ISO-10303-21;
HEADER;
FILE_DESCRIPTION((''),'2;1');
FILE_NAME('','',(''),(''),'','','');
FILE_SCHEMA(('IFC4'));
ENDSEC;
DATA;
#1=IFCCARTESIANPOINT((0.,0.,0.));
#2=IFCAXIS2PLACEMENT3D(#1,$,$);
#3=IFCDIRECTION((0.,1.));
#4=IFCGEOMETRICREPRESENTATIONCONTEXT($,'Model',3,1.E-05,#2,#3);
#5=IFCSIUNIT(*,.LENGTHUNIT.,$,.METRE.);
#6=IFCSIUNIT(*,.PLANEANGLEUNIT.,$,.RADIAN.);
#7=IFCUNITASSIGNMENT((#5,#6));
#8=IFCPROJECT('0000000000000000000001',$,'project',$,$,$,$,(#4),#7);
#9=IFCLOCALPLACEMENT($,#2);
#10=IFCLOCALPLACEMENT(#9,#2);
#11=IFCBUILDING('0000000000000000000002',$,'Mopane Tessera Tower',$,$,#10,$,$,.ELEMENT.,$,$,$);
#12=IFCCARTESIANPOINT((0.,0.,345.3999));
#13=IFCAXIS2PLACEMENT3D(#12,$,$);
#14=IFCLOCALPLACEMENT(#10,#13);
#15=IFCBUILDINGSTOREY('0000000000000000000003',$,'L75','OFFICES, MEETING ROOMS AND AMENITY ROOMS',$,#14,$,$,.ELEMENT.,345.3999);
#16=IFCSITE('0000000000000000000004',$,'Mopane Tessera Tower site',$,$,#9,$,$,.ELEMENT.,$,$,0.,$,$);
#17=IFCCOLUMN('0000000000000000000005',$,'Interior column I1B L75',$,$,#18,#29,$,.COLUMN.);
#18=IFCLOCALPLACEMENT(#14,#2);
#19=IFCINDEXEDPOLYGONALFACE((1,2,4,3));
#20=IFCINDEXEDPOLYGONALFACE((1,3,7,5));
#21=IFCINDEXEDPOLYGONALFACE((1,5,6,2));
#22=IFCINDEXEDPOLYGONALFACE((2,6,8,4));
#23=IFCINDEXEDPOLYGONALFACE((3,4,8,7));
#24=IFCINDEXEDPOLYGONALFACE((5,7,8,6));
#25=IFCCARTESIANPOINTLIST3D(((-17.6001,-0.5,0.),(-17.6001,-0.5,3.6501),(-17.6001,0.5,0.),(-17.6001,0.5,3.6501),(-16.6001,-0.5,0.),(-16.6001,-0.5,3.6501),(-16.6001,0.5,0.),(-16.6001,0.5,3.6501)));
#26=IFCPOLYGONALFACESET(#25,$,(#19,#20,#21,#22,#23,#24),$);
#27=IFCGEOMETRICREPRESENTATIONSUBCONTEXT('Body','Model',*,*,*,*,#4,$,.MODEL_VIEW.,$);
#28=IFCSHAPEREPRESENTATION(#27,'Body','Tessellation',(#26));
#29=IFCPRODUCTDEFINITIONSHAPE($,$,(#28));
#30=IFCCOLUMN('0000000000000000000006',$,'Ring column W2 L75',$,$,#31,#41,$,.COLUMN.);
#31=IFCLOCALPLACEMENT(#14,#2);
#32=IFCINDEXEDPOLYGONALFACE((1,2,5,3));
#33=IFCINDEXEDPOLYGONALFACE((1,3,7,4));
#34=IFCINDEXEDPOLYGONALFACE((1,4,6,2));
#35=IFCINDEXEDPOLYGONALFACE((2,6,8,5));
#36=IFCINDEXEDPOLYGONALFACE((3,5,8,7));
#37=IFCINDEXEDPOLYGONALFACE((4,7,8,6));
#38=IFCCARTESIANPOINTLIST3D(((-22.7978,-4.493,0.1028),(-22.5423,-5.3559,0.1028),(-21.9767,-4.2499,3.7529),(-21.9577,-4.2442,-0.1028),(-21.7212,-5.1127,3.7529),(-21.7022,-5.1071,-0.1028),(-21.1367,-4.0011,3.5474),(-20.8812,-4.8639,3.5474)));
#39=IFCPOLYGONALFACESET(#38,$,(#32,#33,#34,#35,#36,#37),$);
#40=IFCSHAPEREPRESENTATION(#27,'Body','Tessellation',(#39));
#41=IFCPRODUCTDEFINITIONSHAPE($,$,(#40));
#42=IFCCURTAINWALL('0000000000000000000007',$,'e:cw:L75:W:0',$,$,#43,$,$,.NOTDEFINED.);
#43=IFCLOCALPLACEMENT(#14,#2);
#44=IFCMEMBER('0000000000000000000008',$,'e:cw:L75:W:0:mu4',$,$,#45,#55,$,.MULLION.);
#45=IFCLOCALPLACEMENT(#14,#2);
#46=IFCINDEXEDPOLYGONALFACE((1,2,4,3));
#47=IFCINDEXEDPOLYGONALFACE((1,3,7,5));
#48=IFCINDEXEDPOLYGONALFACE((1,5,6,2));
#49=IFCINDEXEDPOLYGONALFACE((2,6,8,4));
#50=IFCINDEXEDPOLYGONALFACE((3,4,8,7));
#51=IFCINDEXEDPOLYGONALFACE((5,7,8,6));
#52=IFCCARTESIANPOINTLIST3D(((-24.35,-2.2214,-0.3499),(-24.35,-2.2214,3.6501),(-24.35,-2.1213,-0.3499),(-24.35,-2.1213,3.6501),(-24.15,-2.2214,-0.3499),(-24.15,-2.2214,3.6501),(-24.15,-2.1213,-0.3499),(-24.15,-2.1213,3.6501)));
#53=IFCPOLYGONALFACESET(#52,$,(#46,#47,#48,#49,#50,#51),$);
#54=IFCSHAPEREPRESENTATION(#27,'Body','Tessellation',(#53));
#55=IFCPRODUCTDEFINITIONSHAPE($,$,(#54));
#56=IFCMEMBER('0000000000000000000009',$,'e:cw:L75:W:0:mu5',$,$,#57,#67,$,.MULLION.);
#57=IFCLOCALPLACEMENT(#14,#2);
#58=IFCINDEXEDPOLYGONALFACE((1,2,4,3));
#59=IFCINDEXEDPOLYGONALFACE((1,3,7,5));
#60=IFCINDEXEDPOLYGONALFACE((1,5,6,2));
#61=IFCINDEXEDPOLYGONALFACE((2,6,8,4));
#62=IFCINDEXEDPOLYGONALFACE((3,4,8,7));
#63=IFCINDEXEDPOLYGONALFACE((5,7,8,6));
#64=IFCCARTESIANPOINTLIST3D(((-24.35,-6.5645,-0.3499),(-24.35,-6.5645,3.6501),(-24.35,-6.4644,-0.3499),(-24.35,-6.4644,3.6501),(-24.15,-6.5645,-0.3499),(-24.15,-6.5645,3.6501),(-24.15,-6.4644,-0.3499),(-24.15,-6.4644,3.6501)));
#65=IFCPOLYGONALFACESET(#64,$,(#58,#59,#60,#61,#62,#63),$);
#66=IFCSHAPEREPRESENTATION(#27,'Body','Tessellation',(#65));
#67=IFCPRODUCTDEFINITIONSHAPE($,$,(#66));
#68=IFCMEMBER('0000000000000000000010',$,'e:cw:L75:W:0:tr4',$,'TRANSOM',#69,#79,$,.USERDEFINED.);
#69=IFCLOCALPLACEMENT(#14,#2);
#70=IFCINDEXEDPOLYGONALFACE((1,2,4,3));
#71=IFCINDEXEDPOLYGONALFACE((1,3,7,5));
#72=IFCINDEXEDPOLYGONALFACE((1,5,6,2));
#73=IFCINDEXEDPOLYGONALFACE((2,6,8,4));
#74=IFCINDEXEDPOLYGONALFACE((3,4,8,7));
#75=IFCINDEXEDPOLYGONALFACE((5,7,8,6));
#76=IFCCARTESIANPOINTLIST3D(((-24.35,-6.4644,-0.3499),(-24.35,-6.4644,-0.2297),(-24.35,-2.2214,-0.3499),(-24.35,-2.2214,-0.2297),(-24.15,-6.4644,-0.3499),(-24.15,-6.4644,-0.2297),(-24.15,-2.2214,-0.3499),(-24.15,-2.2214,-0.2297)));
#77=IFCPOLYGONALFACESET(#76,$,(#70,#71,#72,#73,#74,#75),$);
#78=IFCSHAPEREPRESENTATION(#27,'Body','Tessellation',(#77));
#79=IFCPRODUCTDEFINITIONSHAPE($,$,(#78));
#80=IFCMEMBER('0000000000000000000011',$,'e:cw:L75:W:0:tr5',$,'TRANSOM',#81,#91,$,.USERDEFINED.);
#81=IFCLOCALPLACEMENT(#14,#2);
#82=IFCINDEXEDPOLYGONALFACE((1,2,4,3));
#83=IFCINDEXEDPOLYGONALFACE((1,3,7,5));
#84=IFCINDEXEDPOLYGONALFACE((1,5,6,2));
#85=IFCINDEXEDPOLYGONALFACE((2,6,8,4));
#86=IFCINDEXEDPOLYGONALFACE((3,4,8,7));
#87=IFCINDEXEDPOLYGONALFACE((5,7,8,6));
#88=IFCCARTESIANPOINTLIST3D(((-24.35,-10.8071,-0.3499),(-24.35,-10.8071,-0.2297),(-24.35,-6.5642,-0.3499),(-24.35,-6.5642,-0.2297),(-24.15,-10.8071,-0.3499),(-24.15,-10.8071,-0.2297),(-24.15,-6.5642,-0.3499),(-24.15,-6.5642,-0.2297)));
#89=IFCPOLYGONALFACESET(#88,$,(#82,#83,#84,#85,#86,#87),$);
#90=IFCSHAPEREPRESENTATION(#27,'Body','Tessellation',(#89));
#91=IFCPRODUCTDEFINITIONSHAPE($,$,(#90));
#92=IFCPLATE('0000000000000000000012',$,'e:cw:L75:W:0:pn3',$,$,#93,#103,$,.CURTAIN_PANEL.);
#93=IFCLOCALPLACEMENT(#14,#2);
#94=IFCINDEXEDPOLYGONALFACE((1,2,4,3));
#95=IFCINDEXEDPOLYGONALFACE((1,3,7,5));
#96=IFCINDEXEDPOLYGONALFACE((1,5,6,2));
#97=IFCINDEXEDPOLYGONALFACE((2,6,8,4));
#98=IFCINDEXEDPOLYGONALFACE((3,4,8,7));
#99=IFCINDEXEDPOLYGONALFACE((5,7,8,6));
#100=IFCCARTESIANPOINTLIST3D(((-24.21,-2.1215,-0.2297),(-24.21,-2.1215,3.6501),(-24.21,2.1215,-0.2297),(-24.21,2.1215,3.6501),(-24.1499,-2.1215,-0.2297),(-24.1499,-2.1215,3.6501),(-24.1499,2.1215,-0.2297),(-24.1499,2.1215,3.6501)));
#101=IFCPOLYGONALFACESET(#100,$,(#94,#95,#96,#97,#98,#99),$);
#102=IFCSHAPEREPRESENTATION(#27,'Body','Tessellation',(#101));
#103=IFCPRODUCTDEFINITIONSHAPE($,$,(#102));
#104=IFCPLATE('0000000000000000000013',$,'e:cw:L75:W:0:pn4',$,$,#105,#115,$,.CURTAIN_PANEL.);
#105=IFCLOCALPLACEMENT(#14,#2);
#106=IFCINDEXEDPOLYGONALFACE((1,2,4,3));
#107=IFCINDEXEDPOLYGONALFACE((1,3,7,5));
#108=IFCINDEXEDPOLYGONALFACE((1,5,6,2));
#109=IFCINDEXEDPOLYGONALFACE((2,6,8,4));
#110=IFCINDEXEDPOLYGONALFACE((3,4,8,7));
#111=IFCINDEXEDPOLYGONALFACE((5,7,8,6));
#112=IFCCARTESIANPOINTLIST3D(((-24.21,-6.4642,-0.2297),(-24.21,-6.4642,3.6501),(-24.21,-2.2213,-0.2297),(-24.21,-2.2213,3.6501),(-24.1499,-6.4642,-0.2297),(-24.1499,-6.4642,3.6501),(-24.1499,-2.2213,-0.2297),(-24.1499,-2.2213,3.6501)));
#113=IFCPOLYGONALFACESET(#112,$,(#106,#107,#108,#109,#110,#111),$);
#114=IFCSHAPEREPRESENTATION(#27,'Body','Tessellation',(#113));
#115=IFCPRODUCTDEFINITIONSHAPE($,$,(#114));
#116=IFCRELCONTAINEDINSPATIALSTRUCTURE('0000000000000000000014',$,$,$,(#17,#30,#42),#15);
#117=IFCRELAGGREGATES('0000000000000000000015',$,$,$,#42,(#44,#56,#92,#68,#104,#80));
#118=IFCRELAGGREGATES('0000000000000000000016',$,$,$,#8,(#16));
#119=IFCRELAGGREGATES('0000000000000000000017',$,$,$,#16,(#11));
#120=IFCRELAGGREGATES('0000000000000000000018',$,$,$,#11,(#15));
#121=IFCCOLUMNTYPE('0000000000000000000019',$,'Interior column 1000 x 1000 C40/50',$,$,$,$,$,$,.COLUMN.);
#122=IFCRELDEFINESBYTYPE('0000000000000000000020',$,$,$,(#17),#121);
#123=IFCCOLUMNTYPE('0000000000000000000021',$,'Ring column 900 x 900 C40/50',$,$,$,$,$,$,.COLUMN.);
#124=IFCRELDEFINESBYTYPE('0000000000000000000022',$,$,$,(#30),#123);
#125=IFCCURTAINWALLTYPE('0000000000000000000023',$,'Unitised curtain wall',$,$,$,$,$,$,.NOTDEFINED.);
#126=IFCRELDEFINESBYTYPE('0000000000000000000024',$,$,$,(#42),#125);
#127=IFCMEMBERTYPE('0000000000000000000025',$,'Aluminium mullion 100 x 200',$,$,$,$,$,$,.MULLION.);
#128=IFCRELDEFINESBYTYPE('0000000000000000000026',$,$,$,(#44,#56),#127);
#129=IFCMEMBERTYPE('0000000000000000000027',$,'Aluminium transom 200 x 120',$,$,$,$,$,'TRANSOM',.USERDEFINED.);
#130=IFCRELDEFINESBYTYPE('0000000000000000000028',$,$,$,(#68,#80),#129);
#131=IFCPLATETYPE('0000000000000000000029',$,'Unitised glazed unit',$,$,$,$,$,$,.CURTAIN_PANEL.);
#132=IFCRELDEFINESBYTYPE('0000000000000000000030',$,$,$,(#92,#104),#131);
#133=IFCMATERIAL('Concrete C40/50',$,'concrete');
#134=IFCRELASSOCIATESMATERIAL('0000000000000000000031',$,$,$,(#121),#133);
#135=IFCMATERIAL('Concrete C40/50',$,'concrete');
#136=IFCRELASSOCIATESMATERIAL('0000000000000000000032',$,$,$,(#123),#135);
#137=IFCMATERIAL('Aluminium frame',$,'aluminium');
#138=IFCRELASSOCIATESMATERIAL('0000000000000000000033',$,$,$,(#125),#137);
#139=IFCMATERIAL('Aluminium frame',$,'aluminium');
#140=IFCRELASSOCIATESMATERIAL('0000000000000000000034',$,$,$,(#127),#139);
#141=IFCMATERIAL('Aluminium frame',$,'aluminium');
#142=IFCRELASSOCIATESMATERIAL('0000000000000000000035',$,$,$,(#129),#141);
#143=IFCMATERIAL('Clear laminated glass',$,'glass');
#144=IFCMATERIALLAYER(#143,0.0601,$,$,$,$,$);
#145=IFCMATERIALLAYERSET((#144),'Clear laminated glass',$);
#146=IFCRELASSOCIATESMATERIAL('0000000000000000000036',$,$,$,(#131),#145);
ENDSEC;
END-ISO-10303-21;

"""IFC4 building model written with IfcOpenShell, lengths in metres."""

from ifc_helpers import new_model, si_unit, direction, frame, origin, origin_2d, place, context, subcontext, project, spatial, rectangle, extrude, material, layer, layer_set, material_profile, profile_set, type_object, element, aggregate, save


model = new_model("IFC4")

# Units and contexts
model_context = context("Model", 3, precision=1e-05, world=origin(), true_north=direction((0.0, 1.0)))
body_context = subcontext(model_context, "Body", "Model", "MODEL_VIEW")
ifc_project = project(units=[si_unit("LENGTHUNIT", "METRE"), si_unit("PLANEANGLEUNIT", "RADIAN")], contexts=[model_context])

# Site, building, storey
site_placement = place(None, origin())
site = spatial("IfcSite", under=ifc_project, at=site_placement, Name="Mopane Tessera Tower site", CompositionType="ELEMENT", RefElevation=0.0)
building_placement = place(site_placement, origin())
building = spatial("IfcBuilding", under=site, at=building_placement, Name="Mopane Tessera Tower", CompositionType="ELEMENT")
storey_placement = place(building_placement, frame((0.0, 0.0, 345.3999)))
storey = spatial("IfcBuildingStorey", under=building, at=storey_placement, Name="L75", Description="OFFICES, MEETING ROOMS AND AMENITY ROOMS", CompositionType="ELEMENT", Elevation=345.3999)

# Columns
ifc_material_1 = material(Name="Concrete C40/50", Category="concrete")
ifc_material_profile_1 = material_profile(ifc_material_1, rectangle(XDim=1.0, YDim=1.0, at=origin_2d()))
ifc_profile_set_1 = profile_set([ifc_material_profile_1], Name="Concrete C40/50")
column_type_1 = type_object("IfcColumnType", Name="Interior column 1000 x 1000 C40/50", PredefinedType="COLUMN", material=ifc_profile_set_1)
column_1_placement = place(storey_placement, frame((-17.1001, 0.0, 0.0), z_axis=(0.0, 0.0, 1.0), x_axis=(1.0, 0.0, 0.0)))
element("IfcColumn", 1, at=column_1_placement, inside=storey, type_object=column_type_1, Name="Interior column I1B L75", PredefinedType="COLUMN", context=body_context, shape_type="SweptSolid", body=[
    extrude(rectangle(XDim=1.0, YDim=1.0, at=origin_2d()), origin(), (0.0, 0.0, 1.0), 3.6501),
])
ifc_material_2 = material(Name="Concrete C40/50", Category="concrete")
ifc_material_profile_2 = material_profile(ifc_material_2, rectangle(XDim=0.8999, YDim=0.8999, at=origin_2d()))
ifc_profile_set_2 = profile_set([ifc_material_profile_2], Name="Concrete C40/50")
column_type_2 = type_object("IfcColumnType", Name="Ring column 900 x 900 C40/50", PredefinedType="COLUMN", material=ifc_profile_set_2)
column_2_placement = place(storey_placement, frame((-22.25, -4.8, 0.0), z_axis=(0.21899, 0.064857, 0.973569), x_axis=(-0.283972, 0.958833, 0.0)))
element("IfcColumn", 2, at=column_2_placement, inside=storey, type_object=column_type_2, Name="Ring column W2 L75", PredefinedType="COLUMN", context=body_context, shape_type="SweptSolid", body=[
    extrude(rectangle(XDim=0.8999, YDim=0.8999, at=origin_2d()), origin(), (0.0, 0.0, 1.0), 3.7493),
])

# Curtain wall, members, plates
ifc_material_3 = material(Name="Aluminium frame", Category="aluminium")
curtain_wall_type = type_object("IfcCurtainWallType", Name="Unitised curtain wall", PredefinedType="NOTDEFINED", material=ifc_material_3)
curtain_wall_placement = place(storey_placement, origin())
curtain_wall = element("IfcCurtainWall", 3, at=curtain_wall_placement, inside=storey, type_object=curtain_wall_type, Name="e:cw:L75:W:0", PredefinedType="NOTDEFINED")
ifc_material_4 = material(Name="Aluminium frame", Category="aluminium")
ifc_material_profile_3 = material_profile(ifc_material_4, rectangle(XDim=0.1001, YDim=0.2, at=origin_2d()))
ifc_profile_set_3 = profile_set([ifc_material_profile_3], Name="Aluminium frame")
member_type_1 = type_object("IfcMemberType", Name="Aluminium mullion 100 x 200", PredefinedType="MULLION", material=ifc_profile_set_3)
member_1_placement = place(storey_placement, frame((-24.25, -2.1714, -0.3499), z_axis=(0.0, 0.0, 1.0), x_axis=(0.0, -1.0, 0.0)))
member_1 = element("IfcMember", 4, at=member_1_placement, type_object=member_type_1, Name="e:cw:L75:W:0:mu4", PredefinedType="MULLION", context=body_context, shape_type="SweptSolid", body=[
    extrude(rectangle(XDim=0.1001, YDim=0.2, at=origin_2d()), origin(), (0.0, 0.0, 1.0), 4.0),
])
member_2_placement = place(storey_placement, frame((-24.25, -6.5144, -0.3499), z_axis=(0.0, 0.0, 1.0), x_axis=(0.0, -1.0, 0.0)))
member_2 = element("IfcMember", 5, at=member_2_placement, type_object=member_type_1, Name="e:cw:L75:W:0:mu5", PredefinedType="MULLION", context=body_context, shape_type="SweptSolid", body=[
    extrude(rectangle(XDim=0.1001, YDim=0.2, at=origin_2d()), origin(), (0.0, 0.0, 1.0), 4.0),
])
ifc_material_5 = material(Name="Aluminium frame", Category="aluminium")
ifc_material_profile_4 = material_profile(ifc_material_5, rectangle(XDim=0.2, YDim=0.1201, at=origin_2d()))
ifc_profile_set_4 = profile_set([ifc_material_profile_4], Name="Aluminium frame")
member_type_2 = type_object("IfcMemberType", Name="Aluminium transom 200 x 120", ElementType="TRANSOM", PredefinedType="USERDEFINED", material=ifc_profile_set_4)
member_3_placement = place(storey_placement, frame((-24.25, -2.2214, -0.2898), z_axis=(0.0, -1.0, 0.0), x_axis=(1.0, 0.0, 0.0)))
member_3 = element("IfcMember", 6, at=member_3_placement, type_object=member_type_2, Name="e:cw:L75:W:0:tr4", ObjectType="TRANSOM", PredefinedType="USERDEFINED", context=body_context, shape_type="SweptSolid", body=[
    extrude(rectangle(XDim=0.2, YDim=0.1201, at=origin_2d()), origin(), (0.0, 0.0, 1.0), 4.2429),
])
member_4_placement = place(storey_placement, frame((-24.25, -6.5642, -0.2898), z_axis=(0.0, -1.0, 0.0), x_axis=(1.0, 0.0, 0.0)))
member_4 = element("IfcMember", 7, at=member_4_placement, type_object=member_type_2, Name="e:cw:L75:W:0:tr5", ObjectType="TRANSOM", PredefinedType="USERDEFINED", context=body_context, shape_type="SweptSolid", body=[
    extrude(rectangle(XDim=0.2, YDim=0.1201, at=origin_2d()), origin(), (0.0, 0.0, 1.0), 4.2429),
])
ifc_material_6 = material(Name="Clear laminated glass", Category="glass")
ifc_layer_1 = layer(ifc_material_6, 0.0601)
ifc_layer_set_1 = layer_set([ifc_layer_1], Name="Clear laminated glass")
plate_type = type_object("IfcPlateType", Name="Unitised glazed unit", PredefinedType="CURTAIN_PANEL", material=ifc_layer_set_1)
plate_1_placement = place(storey_placement, frame((-24.1799, 0.0, -0.2297), z_axis=(0.0, 0.0, 1.0), x_axis=(0.0, -1.0, 0.0)))
plate_1 = element("IfcPlate", 8, at=plate_1_placement, type_object=plate_type, Name="e:cw:L75:W:0:pn3", PredefinedType="CURTAIN_PANEL", context=body_context, shape_type="SweptSolid", body=[
    extrude(rectangle(XDim=4.2429, YDim=0.0601, at=origin_2d()), origin(), (0.0, 0.0, 1.0), 3.8799),
])
plate_2_placement = place(storey_placement, frame((-24.1799, -4.3428, -0.2297), z_axis=(0.0, 0.0, 1.0), x_axis=(0.0, -1.0, 0.0)))
plate_2 = element("IfcPlate", 9, at=plate_2_placement, type_object=plate_type, Name="e:cw:L75:W:0:pn4", PredefinedType="CURTAIN_PANEL", context=body_context, shape_type="SweptSolid", body=[
    extrude(rectangle(XDim=4.2429, YDim=0.0601, at=origin_2d()), origin(), (0.0, 0.0, 1.0), 3.8799),
])
aggregate(curtain_wall, [member_1, member_2, plate_1, member_3, plate_2, member_4])

save(model, "model.ifc")
